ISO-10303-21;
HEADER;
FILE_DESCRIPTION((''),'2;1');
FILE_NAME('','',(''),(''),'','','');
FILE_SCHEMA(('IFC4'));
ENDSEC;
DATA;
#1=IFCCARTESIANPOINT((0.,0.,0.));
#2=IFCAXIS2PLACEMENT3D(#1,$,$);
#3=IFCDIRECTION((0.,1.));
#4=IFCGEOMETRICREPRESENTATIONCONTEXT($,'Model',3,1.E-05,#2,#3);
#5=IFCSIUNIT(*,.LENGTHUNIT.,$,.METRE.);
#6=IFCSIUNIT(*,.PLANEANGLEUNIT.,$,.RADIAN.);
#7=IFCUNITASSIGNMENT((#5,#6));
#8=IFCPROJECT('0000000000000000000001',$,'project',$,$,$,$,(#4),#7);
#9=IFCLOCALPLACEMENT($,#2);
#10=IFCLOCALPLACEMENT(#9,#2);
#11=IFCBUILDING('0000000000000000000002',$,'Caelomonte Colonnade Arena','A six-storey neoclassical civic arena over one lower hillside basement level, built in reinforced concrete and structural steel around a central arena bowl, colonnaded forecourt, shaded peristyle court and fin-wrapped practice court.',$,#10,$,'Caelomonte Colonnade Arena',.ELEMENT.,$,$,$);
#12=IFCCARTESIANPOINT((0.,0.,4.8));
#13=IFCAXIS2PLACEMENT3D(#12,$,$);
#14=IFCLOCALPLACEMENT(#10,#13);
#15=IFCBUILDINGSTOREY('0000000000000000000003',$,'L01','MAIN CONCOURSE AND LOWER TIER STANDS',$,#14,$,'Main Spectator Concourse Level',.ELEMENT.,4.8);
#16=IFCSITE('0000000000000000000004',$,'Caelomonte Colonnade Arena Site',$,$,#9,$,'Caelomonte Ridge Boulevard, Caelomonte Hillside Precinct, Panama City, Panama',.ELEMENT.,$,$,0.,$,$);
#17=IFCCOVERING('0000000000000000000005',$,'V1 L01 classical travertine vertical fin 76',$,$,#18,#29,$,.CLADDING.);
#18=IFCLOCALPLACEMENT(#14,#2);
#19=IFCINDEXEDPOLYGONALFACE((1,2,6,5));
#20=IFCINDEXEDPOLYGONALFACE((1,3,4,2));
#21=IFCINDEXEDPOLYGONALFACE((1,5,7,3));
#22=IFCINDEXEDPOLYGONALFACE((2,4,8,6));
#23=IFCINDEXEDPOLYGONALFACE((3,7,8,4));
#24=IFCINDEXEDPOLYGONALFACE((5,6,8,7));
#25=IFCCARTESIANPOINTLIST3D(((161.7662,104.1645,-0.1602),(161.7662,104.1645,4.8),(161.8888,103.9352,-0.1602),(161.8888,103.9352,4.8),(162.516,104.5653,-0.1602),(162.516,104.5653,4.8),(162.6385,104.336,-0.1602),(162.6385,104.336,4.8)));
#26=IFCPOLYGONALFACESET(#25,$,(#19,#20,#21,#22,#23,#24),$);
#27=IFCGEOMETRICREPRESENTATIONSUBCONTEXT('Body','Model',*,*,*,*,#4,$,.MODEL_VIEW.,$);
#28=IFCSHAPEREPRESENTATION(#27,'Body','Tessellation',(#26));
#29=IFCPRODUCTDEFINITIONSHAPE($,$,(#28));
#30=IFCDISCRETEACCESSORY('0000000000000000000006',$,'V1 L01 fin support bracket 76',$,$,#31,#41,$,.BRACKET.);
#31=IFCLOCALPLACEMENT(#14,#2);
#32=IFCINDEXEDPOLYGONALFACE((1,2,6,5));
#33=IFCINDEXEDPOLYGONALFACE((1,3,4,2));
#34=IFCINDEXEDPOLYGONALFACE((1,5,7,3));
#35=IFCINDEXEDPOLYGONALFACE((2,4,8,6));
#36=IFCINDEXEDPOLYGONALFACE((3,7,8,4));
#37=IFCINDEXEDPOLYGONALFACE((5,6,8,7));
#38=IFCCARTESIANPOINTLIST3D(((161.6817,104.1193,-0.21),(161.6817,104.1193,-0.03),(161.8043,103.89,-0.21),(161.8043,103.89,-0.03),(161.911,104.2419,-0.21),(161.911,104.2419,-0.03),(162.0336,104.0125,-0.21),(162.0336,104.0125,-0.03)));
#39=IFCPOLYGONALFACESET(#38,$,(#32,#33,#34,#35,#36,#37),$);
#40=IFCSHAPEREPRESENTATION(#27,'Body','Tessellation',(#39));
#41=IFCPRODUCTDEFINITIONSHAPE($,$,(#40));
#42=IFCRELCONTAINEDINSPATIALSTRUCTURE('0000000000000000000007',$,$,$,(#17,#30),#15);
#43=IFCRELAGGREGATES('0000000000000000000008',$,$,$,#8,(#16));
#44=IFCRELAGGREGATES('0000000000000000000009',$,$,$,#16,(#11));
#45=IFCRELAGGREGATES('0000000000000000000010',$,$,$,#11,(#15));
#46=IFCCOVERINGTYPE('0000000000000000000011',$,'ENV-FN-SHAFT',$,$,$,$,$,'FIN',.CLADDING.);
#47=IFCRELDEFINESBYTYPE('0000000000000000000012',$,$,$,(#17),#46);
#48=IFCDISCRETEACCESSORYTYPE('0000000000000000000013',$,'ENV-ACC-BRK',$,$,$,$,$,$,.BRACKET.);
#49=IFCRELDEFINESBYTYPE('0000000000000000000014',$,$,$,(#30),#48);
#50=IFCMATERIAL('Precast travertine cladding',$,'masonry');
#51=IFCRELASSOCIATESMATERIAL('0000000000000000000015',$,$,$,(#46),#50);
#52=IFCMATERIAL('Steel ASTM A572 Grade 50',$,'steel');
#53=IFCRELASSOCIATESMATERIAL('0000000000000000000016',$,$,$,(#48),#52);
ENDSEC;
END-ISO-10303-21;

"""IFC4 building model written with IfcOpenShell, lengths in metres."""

from ifc_helpers import new_model, si_unit, direction, frame, origin, origin_2d, place, context, subcontext, project, spatial, rectangle, extrude, material, material_profile, profile_set, type_object, element, save


model = new_model("IFC4")

# Units and contexts
model_context = context("Model", 3, precision=1e-05, world=origin(), true_north=direction((0.0, 1.0)))
body_context = subcontext(model_context, "Body", "Model", "MODEL_VIEW")
ifc_project = project(units=[si_unit("LENGTHUNIT", "METRE"), si_unit("PLANEANGLEUNIT", "RADIAN")], contexts=[model_context])

# Site, building, storey
site_placement = place(None, origin())
site = spatial("IfcSite", under=ifc_project, at=site_placement, Name="Caelomonte Colonnade Arena Site", LongName="Caelomonte Ridge Boulevard, Caelomonte Hillside Precinct, Panama City, Panama", CompositionType="ELEMENT", RefElevation=0.0)
building_placement = place(site_placement, origin())
building = spatial("IfcBuilding", under=site, at=building_placement, Name="Caelomonte Colonnade Arena", Description="A six-storey neoclassical civic arena over one lower hillside basement level, built in reinforced concrete and structural steel around a central arena bowl, colonnaded forecourt, shaded peristyle court and fin-wrapped practice court.", LongName="Caelomonte Colonnade Arena", CompositionType="ELEMENT")
storey_placement = place(building_placement, frame((0.0, 0.0, 4.8)))
storey = spatial("IfcBuildingStorey", under=building, at=storey_placement, Name="L01", Description="MAIN CONCOURSE AND LOWER TIER STANDS", LongName="Main Spectator Concourse Level", CompositionType="ELEMENT", Elevation=4.8)

# Covering
ifc_material_1 = material(Name="Precast travertine cladding", Category="masonry")
ifc_material_profile_1 = material_profile(ifc_material_1, rectangle(XDim=0.26, YDim=0.8501, at=origin_2d()), Name="FIN260X850")
ifc_profile_set_1 = profile_set([ifc_material_profile_1], Name="Precast travertine cladding")
covering_type = type_object("IfcCoveringType", Name="ENV-FN-SHAFT", ElementType="FIN", PredefinedType="CLADDING", material=ifc_profile_set_1)
for number, where, z_axis, x_axis, name in (
    (1, (162.2024, 104.2502, -0.1602), (0.0, 0.0, 1.0), (0.471397, -0.881921, 0.0), "V1 L01 classical travertine vertical fin 76"),
):
    element("IfcCovering", number, at=place(storey_placement, frame(where, z_axis=z_axis, x_axis=x_axis)), inside=storey, type_object=covering_type, Name=name, PredefinedType="CLADDING", context=body_context, shape_type="SweptSolid", body=[
        extrude(rectangle(XDim=0.26, YDim=0.8501, at=origin_2d()), origin(), (0.0, 0.0, 1.0), 4.9602),
    ])

# Discrete accessory
ifc_material_2 = material(Name="Steel ASTM A572 Grade 50", Category="steel")
discrete_accessory_type = type_object("IfcDiscreteAccessoryType", Name="ENV-ACC-BRK", PredefinedType="BRACKET", material=ifc_material_2)
discrete_accessory_placement = place(storey_placement, frame((161.8577, 104.0659, -0.21), z_axis=(0.0, 0.0, 1.0), x_axis=(-0.471397, 0.881921, 0.0)))
element("IfcDiscreteAccessory", 2, at=discrete_accessory_placement, inside=storey, type_object=discrete_accessory_type, Name="V1 L01 fin support bracket 76", PredefinedType="BRACKET", context=body_context, shape_type="SweptSolid", body=[
    extrude(rectangle(XDim=0.26, YDim=0.26, at=origin_2d()), origin(), (0.0, 0.0, 1.0), 0.1799),
])

save(model, "model.ifc")
